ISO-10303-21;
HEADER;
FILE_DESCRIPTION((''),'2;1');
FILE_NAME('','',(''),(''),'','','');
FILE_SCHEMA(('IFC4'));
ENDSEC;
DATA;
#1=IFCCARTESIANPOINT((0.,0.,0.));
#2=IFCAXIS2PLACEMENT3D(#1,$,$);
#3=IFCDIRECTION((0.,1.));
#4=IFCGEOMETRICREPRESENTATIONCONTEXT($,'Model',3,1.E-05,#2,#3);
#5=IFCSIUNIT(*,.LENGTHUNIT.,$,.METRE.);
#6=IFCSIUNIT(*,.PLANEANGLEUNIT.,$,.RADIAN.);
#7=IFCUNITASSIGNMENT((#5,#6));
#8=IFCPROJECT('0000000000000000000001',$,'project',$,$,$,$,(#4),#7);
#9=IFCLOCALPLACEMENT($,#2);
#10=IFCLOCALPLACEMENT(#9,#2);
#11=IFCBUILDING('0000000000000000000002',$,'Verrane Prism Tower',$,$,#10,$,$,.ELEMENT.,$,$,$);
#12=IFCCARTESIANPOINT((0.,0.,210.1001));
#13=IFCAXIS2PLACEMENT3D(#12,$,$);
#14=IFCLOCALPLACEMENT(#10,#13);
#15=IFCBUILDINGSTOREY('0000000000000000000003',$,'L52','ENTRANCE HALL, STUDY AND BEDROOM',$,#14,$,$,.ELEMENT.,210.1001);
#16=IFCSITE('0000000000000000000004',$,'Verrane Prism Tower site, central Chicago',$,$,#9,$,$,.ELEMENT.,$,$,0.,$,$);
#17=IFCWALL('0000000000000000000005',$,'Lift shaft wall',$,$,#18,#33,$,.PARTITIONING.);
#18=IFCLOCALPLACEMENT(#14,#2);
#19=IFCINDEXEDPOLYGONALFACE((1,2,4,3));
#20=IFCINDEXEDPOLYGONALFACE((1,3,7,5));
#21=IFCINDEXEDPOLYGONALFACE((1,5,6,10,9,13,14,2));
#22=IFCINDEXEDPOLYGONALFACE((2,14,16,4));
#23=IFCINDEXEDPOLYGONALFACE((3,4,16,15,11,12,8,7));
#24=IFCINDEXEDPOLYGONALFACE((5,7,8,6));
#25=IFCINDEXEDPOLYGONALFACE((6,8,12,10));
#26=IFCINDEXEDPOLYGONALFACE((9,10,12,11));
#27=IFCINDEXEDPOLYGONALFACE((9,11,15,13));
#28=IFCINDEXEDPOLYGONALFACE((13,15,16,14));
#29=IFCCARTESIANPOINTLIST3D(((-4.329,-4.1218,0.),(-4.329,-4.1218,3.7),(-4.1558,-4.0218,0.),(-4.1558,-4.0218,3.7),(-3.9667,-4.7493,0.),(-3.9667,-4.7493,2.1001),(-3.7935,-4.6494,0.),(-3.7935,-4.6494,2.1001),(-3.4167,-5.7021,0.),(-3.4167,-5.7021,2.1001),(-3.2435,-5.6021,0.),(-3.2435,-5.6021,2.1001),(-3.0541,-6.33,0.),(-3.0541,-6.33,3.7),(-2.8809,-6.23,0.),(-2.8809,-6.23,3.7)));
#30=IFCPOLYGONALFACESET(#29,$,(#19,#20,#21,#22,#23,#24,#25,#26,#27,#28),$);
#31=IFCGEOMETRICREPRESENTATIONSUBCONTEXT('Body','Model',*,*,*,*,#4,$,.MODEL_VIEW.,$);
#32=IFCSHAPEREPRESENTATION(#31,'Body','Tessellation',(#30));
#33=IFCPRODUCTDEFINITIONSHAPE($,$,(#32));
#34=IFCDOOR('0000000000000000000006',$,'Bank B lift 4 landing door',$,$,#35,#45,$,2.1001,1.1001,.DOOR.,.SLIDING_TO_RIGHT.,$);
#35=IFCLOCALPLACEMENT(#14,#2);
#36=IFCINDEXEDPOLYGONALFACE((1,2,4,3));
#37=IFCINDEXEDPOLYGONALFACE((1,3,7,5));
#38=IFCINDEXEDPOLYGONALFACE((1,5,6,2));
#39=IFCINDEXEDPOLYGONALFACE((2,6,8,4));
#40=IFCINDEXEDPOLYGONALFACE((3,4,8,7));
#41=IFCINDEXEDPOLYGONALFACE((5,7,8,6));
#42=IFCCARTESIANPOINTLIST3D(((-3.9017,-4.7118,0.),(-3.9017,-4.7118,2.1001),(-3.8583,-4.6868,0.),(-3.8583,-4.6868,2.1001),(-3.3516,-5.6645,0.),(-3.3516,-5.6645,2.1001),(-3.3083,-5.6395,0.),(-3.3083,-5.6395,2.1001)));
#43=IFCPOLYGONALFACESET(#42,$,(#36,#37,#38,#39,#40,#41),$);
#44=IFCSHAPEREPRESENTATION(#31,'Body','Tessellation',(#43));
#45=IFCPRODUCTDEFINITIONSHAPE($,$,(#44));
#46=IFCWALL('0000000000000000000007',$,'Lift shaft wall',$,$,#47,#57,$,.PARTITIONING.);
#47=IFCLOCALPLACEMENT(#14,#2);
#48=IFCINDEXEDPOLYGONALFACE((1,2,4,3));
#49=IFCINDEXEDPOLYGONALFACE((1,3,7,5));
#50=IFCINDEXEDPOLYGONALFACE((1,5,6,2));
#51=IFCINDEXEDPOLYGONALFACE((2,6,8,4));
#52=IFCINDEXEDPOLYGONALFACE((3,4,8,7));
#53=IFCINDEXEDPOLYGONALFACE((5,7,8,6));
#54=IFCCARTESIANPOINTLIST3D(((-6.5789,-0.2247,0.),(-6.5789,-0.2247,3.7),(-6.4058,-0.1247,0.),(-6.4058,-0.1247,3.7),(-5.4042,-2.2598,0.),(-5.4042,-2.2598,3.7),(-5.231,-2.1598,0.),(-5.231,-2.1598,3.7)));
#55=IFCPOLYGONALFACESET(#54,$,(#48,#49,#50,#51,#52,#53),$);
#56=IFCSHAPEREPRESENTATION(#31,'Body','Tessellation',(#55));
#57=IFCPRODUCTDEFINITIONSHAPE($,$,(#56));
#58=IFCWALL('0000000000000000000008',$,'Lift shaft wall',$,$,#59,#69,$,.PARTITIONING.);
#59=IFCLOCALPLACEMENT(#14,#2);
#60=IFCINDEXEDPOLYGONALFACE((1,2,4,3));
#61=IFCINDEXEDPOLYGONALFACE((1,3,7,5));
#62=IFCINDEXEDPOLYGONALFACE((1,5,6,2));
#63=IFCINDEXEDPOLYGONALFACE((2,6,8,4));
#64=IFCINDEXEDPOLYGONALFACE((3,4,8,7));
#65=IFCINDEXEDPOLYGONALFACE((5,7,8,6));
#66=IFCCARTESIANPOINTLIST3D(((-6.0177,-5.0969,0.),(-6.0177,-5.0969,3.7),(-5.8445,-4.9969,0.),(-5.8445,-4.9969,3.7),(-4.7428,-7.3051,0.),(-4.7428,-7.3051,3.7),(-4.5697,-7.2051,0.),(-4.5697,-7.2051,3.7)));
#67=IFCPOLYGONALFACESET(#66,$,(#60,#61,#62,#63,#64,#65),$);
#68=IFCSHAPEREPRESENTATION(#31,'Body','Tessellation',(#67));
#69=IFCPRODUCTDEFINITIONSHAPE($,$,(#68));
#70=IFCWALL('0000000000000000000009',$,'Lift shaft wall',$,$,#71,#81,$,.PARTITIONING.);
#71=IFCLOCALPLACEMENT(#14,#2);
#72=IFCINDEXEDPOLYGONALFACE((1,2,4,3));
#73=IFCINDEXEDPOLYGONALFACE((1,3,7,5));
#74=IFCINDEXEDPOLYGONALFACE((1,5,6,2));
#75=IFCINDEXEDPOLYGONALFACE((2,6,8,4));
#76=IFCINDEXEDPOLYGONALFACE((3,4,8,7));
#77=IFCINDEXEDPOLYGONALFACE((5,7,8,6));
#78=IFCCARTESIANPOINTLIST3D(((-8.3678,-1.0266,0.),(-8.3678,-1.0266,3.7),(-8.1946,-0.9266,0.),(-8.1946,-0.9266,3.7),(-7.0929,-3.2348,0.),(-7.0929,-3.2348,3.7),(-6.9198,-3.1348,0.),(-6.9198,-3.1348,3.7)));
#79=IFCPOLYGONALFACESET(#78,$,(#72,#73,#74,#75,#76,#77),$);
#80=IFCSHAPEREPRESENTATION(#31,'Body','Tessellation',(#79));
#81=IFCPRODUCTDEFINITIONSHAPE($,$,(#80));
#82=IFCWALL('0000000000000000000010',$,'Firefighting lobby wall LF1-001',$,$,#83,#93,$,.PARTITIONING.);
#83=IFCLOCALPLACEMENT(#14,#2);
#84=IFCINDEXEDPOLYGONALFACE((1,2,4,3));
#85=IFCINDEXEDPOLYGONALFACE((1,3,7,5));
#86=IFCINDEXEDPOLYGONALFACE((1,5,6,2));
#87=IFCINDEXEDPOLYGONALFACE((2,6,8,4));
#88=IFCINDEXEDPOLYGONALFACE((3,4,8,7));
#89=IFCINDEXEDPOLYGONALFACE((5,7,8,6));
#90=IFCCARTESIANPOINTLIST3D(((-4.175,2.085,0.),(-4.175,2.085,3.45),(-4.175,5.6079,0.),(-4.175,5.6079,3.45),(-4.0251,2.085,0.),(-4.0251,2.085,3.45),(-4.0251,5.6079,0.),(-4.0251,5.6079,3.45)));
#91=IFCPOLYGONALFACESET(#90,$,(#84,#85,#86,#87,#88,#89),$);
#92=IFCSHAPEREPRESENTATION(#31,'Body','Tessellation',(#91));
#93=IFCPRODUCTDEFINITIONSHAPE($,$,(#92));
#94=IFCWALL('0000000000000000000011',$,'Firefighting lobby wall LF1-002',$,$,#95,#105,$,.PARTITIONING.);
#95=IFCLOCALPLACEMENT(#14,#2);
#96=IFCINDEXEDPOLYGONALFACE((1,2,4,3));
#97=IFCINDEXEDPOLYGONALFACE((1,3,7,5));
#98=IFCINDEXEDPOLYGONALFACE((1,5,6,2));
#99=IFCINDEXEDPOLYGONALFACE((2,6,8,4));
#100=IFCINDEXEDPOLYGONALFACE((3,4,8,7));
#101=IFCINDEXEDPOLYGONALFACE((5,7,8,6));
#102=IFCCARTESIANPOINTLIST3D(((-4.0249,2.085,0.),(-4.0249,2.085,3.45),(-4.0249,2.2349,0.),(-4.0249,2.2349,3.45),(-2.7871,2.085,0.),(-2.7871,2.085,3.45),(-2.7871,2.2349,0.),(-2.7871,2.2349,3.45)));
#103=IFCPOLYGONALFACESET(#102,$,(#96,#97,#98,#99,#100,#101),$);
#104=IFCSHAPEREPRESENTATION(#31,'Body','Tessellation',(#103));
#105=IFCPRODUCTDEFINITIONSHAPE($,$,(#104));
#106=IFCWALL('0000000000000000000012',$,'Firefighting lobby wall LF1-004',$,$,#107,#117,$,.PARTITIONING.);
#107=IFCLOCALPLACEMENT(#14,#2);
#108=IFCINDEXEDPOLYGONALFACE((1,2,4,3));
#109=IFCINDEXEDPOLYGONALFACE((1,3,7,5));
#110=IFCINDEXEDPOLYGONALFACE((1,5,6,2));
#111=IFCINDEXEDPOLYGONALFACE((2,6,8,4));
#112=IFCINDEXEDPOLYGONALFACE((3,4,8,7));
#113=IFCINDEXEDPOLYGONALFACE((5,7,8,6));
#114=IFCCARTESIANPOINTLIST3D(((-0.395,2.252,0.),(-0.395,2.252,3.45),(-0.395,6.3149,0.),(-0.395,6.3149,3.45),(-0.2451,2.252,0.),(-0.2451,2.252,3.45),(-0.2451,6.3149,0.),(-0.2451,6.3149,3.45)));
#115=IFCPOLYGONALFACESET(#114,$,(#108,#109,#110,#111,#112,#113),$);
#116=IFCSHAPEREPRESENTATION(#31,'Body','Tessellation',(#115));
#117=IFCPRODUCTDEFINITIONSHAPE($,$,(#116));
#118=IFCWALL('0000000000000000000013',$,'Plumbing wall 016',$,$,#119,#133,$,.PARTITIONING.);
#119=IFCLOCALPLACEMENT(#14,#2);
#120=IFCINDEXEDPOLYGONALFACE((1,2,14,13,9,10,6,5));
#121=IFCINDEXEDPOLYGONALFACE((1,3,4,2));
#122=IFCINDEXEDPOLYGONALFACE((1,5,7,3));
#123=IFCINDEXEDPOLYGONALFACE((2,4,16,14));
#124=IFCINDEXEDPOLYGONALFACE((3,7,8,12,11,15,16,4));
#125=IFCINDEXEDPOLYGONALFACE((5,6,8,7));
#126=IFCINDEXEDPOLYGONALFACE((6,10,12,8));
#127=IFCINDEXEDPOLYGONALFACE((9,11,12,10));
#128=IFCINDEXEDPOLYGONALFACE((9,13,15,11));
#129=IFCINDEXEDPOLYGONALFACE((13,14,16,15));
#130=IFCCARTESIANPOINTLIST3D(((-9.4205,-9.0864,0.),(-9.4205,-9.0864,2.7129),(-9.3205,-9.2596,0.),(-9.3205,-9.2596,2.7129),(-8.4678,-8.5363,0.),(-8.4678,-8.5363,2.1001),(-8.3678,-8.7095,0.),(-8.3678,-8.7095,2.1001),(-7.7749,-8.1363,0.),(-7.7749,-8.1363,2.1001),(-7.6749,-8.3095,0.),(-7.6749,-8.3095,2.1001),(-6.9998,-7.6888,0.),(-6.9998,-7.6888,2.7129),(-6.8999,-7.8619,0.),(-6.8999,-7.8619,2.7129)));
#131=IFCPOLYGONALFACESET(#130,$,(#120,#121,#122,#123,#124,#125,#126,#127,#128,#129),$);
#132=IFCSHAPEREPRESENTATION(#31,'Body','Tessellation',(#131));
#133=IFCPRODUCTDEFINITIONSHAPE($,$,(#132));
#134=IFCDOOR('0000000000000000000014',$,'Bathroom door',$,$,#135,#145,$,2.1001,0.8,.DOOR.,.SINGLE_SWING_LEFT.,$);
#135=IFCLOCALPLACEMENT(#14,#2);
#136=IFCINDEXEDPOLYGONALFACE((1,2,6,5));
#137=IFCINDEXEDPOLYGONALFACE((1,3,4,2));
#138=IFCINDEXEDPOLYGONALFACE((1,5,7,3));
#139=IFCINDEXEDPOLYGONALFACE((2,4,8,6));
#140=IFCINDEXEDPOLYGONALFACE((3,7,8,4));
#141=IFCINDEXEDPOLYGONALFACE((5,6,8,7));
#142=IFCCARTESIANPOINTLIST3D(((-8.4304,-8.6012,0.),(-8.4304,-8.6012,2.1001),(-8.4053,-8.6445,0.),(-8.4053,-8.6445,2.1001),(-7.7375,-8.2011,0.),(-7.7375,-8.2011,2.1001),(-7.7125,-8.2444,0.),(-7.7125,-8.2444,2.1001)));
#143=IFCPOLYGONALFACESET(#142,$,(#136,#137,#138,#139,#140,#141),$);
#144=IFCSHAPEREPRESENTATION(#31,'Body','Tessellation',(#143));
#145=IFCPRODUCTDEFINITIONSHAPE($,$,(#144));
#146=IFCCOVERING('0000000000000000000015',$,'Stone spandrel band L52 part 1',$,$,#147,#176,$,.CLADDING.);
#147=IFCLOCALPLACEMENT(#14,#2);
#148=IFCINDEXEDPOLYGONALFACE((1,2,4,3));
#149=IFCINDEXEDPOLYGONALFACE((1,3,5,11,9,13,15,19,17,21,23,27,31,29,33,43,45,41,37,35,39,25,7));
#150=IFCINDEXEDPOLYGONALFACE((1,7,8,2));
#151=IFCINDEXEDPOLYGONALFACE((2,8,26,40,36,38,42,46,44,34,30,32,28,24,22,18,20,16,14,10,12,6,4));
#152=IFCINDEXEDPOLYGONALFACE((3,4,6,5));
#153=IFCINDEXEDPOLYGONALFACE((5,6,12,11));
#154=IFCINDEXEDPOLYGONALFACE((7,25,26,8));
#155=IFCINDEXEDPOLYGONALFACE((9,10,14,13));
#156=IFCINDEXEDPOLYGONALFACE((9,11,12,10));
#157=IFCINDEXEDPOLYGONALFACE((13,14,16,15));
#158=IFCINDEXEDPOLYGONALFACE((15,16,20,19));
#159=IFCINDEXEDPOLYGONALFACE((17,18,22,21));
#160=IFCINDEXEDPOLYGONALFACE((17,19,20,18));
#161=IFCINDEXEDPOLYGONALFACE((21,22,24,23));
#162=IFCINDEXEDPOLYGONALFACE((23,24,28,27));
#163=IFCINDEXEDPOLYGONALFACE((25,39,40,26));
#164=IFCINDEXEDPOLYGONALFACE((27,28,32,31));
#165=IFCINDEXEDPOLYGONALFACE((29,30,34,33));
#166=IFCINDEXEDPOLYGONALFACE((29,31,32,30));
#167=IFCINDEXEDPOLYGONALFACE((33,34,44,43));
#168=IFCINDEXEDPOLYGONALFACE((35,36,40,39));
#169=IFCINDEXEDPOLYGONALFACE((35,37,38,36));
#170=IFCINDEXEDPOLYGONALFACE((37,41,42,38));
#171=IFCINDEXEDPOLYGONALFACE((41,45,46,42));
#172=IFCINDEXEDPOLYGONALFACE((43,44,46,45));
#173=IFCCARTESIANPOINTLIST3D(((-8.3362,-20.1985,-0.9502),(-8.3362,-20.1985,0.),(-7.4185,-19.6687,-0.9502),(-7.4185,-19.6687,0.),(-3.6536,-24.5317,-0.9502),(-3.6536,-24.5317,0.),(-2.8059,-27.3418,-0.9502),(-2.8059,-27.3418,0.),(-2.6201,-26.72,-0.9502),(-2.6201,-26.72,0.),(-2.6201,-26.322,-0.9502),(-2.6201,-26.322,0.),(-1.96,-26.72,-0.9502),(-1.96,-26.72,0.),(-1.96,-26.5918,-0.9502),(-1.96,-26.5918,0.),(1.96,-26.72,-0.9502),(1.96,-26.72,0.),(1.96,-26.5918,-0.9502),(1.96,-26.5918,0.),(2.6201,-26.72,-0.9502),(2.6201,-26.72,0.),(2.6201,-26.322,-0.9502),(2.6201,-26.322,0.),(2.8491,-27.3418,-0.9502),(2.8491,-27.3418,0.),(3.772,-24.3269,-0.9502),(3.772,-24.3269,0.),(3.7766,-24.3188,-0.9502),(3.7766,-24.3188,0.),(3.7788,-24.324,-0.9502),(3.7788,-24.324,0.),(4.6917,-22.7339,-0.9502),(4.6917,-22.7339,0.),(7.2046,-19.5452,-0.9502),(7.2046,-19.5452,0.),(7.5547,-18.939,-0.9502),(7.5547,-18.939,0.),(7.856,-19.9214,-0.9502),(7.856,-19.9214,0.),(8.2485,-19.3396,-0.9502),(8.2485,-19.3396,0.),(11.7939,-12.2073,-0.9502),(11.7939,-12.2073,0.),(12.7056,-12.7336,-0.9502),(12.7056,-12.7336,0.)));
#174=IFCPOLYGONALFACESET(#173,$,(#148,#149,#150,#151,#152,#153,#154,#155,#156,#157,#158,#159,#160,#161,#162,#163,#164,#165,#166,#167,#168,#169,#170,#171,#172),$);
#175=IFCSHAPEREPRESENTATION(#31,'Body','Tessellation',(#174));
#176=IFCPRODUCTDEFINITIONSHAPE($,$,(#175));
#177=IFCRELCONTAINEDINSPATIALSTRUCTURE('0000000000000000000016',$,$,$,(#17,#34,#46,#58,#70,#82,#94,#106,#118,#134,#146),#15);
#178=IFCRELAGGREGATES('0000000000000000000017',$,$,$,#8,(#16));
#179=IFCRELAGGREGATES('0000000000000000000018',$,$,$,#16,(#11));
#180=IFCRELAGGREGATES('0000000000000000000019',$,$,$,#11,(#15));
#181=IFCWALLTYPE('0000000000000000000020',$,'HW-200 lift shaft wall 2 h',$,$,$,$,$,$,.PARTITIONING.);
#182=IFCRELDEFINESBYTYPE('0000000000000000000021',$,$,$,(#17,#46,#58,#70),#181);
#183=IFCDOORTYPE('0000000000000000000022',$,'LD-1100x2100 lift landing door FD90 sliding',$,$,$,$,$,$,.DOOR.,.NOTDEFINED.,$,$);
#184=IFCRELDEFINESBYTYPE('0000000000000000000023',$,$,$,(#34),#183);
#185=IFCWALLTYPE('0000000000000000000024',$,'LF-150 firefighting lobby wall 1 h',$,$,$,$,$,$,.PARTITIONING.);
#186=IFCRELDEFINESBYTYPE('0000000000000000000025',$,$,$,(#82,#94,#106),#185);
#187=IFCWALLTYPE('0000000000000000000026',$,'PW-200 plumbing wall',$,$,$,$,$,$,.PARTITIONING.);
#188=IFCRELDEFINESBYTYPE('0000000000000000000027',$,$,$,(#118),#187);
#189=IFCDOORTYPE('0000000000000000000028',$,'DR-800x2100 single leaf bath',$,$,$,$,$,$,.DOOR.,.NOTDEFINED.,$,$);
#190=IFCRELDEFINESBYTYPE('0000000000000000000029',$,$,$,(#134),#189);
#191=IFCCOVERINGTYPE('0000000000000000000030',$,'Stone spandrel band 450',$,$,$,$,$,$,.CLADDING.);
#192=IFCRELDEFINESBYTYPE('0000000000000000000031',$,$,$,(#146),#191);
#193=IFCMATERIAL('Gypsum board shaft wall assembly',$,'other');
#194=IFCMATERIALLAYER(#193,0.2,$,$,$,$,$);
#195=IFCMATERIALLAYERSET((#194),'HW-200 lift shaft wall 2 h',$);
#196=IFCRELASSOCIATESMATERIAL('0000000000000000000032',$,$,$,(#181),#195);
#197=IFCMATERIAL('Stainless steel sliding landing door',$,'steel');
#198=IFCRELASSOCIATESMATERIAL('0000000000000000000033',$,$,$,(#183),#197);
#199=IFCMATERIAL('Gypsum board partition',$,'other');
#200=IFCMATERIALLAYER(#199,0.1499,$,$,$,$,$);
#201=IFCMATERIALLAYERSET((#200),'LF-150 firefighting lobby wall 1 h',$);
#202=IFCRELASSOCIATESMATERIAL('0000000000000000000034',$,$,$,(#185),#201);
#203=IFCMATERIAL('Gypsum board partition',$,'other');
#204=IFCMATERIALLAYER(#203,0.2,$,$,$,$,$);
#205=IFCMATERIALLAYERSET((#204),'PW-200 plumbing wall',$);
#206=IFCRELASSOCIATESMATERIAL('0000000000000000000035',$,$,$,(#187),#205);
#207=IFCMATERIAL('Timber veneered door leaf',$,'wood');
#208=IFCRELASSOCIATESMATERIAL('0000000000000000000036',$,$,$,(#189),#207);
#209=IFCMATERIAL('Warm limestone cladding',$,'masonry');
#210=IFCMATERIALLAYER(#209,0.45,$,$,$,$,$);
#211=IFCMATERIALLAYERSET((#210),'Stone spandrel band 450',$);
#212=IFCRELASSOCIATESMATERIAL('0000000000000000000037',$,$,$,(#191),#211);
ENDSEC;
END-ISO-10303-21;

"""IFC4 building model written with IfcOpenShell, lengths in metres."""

from ifc_helpers import new_model, si_unit, direction, frame, frame_2d, origin, place, context, subcontext, project, spatial, polyline, rectangle, outline, extrude, material, layer, layer_set, type_object, element, fill, save


model = new_model("IFC4")

# Units and contexts
model_context = context("Model", 3, precision=1e-05, world=origin(), true_north=direction((0.0, 1.0)))
body_context = subcontext(model_context, "Body", "Model", "MODEL_VIEW")
ifc_project = project(units=[si_unit("LENGTHUNIT", "METRE"), si_unit("PLANEANGLEUNIT", "RADIAN")], contexts=[model_context])

# Site, building, storey
site_placement = place(None, origin())
site = spatial("IfcSite", under=ifc_project, at=site_placement, Name="Verrane Prism Tower site, central Chicago", CompositionType="ELEMENT", RefElevation=0.0)
building_placement = place(site_placement, origin())
building = spatial("IfcBuilding", under=site, at=building_placement, Name="Verrane Prism Tower", CompositionType="ELEMENT")
storey_placement = place(building_placement, frame((0.0, 0.0, 210.1001)))
storey = spatial("IfcBuildingStorey", under=building, at=storey_placement, Name="L52", Description="ENTRANCE HALL, STUDY AND BEDROOM", CompositionType="ELEMENT", Elevation=210.1001)

# Shared definitions
ifc_material_1 = material(Name="Gypsum board shaft wall assembly", Category="other")
ifc_layer_1 = layer(ifc_material_1, 0.2)
ifc_layer_set_1 = layer_set([ifc_layer_1], Name="HW-200 lift shaft wall 2 h")
wall_type_1 = type_object("IfcWallType", Name="HW-200 lift shaft wall 2 h", PredefinedType="PARTITIONING", material=ifc_layer_set_1)
ifc_material_2 = material(Name="Stainless steel sliding landing door", Category="steel")
door_type_1 = type_object("IfcDoorType", Name="LD-1100x2100 lift landing door FD90 sliding", OperationType="NOTDEFINED", PredefinedType="DOOR", material=ifc_material_2)

# Wall, opening, door
wall_1_placement = place(storey_placement, frame((-2.9675, -6.28, 0.0), z_axis=(0.0, 0.0, 1.0), x_axis=(-0.49999, 0.866031, 0.0)))
wall_1 = element("IfcWall", 1, at=wall_1_placement, inside=storey, type_object=wall_type_1, Name="Lift shaft wall", PredefinedType="PARTITIONING", context=body_context, shape_type="SweptSolid", body=[
    extrude(rectangle(XDim=2.5498, YDim=0.2, at=frame_2d((1.2749, 0.0))), origin(), (0.0, 0.0, 1.0), 3.7),
])
opening_1_placement = place(wall_1_placement, frame((0.7251, 0.0, 0.0)))
opening_1 = element("IfcOpeningElement", 2, at=opening_1_placement, cuts=wall_1, PredefinedType="OPENING", context=body_context, shape_type="SweptSolid", body=[
    extrude(rectangle(XDim=1.1001, YDim=2.1001, at=frame_2d((0.55, 1.05))), frame((0.0, 0.1099, 0.0), z_axis=(0.0, -1.0, 0.0), x_axis=(1.0, 0.0, 0.0)), (0.0, 0.0, 1.0), 0.22),
])
door_1_placement = place(opening_1_placement, origin())
door_1 = element("IfcDoor", 3, at=door_1_placement, inside=storey, type_object=door_type_1, Name="Bank B lift 4 landing door", OperationType="SLIDING_TO_RIGHT", OverallHeight=2.1001, OverallWidth=1.1001, PredefinedType="DOOR", context=body_context, shape_type="SweptSolid", body=[
    extrude(rectangle(XDim=1.1001, YDim=2.1001, at=frame_2d((0.55, 1.05))), frame((0.0, 0.0249, 0.0), z_axis=(0.0, -1.0, 0.0), x_axis=(1.0, 0.0, 0.0)), (0.0, 0.0, 1.0), 0.05),
])
fill(opening_1, door_1)

# Walls
wall_2_placement = place(storey_placement, frame((-5.3176, -2.2097, 0.0), z_axis=(0.0, 0.0, 1.0), x_axis=(-0.499938, 0.866061, 0.0)))
element("IfcWall", 4, at=wall_2_placement, inside=storey, type_object=wall_type_1, Name="Lift shaft wall", PredefinedType="PARTITIONING", context=body_context, shape_type="SweptSolid", body=[
    extrude(rectangle(XDim=2.3499, YDim=0.2, at=frame_2d((1.1748, 0.0))), origin(), (0.0, 0.0, 1.0), 3.7),
])
for number, where, z_axis, x_axis, name in (
    (5, (-4.6562, -7.2551, 0.0), (0.0, 0.0, 1.0), (-0.49999, 0.866031, 0.0), "Lift shaft wall"),
    (6, (-7.0063, -3.1848, 0.0), (0.0, 0.0, 1.0), (-0.49999, 0.866031, 0.0), "Lift shaft wall"),
):
    element("IfcWall", number, at=place(storey_placement, frame(where, z_axis=z_axis, x_axis=x_axis)), inside=storey, type_object=wall_type_1, Name=name, PredefinedType="PARTITIONING", context=body_context, shape_type="SweptSolid", body=[
        extrude(rectangle(XDim=2.5498, YDim=0.2, at=frame_2d((1.2749, 0.0))), origin(), (0.0, 0.0, 1.0), 3.7),
    ])
ifc_material_3 = material(Name="Gypsum board partition", Category="other")
ifc_layer_2 = layer(ifc_material_3, 0.1499)
ifc_layer_set_2 = layer_set([ifc_layer_2], Name="LF-150 firefighting lobby wall 1 h")
wall_type_2 = type_object("IfcWallType", Name="LF-150 firefighting lobby wall 1 h", PredefinedType="PARTITIONING", material=ifc_layer_set_2)
wall_3_placement = place(storey_placement, frame((-4.1001, 2.085, 0.0), z_axis=(0.0, 0.0, 1.0), x_axis=(0.0, 1.0, 0.0)))
element("IfcWall", 7, at=wall_3_placement, inside=storey, type_object=wall_type_2, Name="Firefighting lobby wall LF1-001", PredefinedType="PARTITIONING", context=body_context, shape_type="SweptSolid", body=[
    extrude(rectangle(XDim=3.5229, YDim=0.1499, at=frame_2d((1.7615, 0.0))), origin(), (0.0, 0.0, 1.0), 3.45),
])
wall_4_placement = place(storey_placement, frame((-4.0249, 2.1599, 0.0), z_axis=(0.0, 0.0, 1.0), x_axis=(1.0, 0.0, 0.0)))
element("IfcWall", 8, at=wall_4_placement, inside=storey, type_object=wall_type_2, Name="Firefighting lobby wall LF1-002", PredefinedType="PARTITIONING", context=body_context, shape_type="SweptSolid", body=[
    extrude(rectangle(XDim=1.2378, YDim=0.1499, at=frame_2d((0.6189, 0.0))), origin(), (0.0, 0.0, 1.0), 3.45),
])
wall_5_placement = place(storey_placement, frame((-0.3201, 2.252, 0.0), z_axis=(0.0, 0.0, 1.0), x_axis=(0.0, 1.0, 0.0)))
element("IfcWall", 9, at=wall_5_placement, inside=storey, type_object=wall_type_2, Name="Firefighting lobby wall LF1-004", PredefinedType="PARTITIONING", context=body_context, shape_type="SweptSolid", body=[
    extrude(rectangle(XDim=4.063, YDim=0.1499, at=frame_2d((2.0315, 0.0))), origin(), (0.0, 0.0, 1.0), 3.45),
])

# Wall, opening, door
ifc_material_4 = material(Name="Gypsum board partition", Category="other")
ifc_layer_3 = layer(ifc_material_4, 0.2)
ifc_layer_set_3 = layer_set([ifc_layer_3], Name="PW-200 plumbing wall")
wall_type_3 = type_object("IfcWallType", Name="PW-200 plumbing wall", PredefinedType="PARTITIONING", material=ifc_layer_set_3)
wall_6_placement = place(storey_placement, frame((-6.95, -7.7754, 0.0), z_axis=(0.0, 0.0, 1.0), x_axis=(-0.866004, -0.500037, 0.0)))
wall_6 = element("IfcWall", 10, at=wall_6_placement, inside=storey, type_object=wall_type_3, Name="Plumbing wall 016", PredefinedType="PARTITIONING", context=body_context, shape_type="SweptSolid", body=[
    extrude(rectangle(XDim=2.7952, YDim=0.2, at=frame_2d((1.3975, 0.0))), origin(), (0.0, 0.0, 1.0), 2.7129),
])
opening_2_placement = place(wall_6_placement, frame((0.895, 0.0, 0.0)))
opening_2 = element("IfcOpeningElement", 11, at=opening_2_placement, cuts=wall_6, PredefinedType="OPENING", context=body_context, shape_type="SweptSolid", body=[
    extrude(rectangle(XDim=0.8, YDim=2.1001, at=frame_2d((0.3999, 1.05))), frame((0.0, 0.1099, 0.0), z_axis=(0.0, -1.0, 0.0), x_axis=(1.0, 0.0, 0.0)), (0.0, 0.0, 1.0), 0.22),
])
ifc_material_5 = material(Name="Timber veneered door leaf", Category="wood")
door_type_2 = type_object("IfcDoorType", Name="DR-800x2100 single leaf bath", OperationType="NOTDEFINED", PredefinedType="DOOR", material=ifc_material_5)
door_2_placement = place(opening_2_placement, origin())
door_2 = element("IfcDoor", 12, at=door_2_placement, inside=storey, type_object=door_type_2, Name="Bathroom door", OperationType="SINGLE_SWING_LEFT", OverallHeight=2.1001, OverallWidth=0.8, PredefinedType="DOOR", context=body_context, shape_type="SweptSolid", body=[
    extrude(rectangle(XDim=0.8, YDim=2.1001, at=frame_2d((0.3999, 1.05))), frame((0.0, 0.0249, 0.0), z_axis=(0.0, -1.0, 0.0), x_axis=(1.0, 0.0, 0.0)), (0.0, 0.0, 1.0), 0.05),
])
fill(opening_2, door_2)

# Covering
ifc_material_6 = material(Name="Warm limestone cladding", Category="masonry")
ifc_layer_4 = layer(ifc_material_6, 0.45)
ifc_layer_set_4 = layer_set([ifc_layer_4], Name="Stone spandrel band 450")
covering_type = type_object("IfcCoveringType", Name="Stone spandrel band 450", PredefinedType="CLADDING", material=ifc_layer_set_4)
covering_placement = place(storey_placement, frame((0.0, 0.0, -0.9502)))
element("IfcCovering", 13, at=covering_placement, inside=storey, type_object=covering_type, Name="Stone spandrel band L52 part 1", PredefinedType="CLADDING", context=body_context, shape_type="SweptSolid", body=[
    extrude(outline(polyline([(2.8491, -27.3418), (7.856, -19.9214), (7.2046, -19.5452), (7.5547, -18.939), (8.2485, -19.3396), (12.7056, -12.7336), (11.7939, -12.2073), (4.6917, -22.7339), (3.7766, -24.3188), (3.7788, -24.324), (3.772, -24.3269), (2.6201, -26.322), (2.6201, -26.72), (1.96, -26.72), (1.96, -26.5918), (-1.96, -26.5918), (-1.96, -26.72), (-2.6201, -26.72), (-2.6201, -26.322), (-3.6536, -24.5317), (-7.4185, -19.6687), (-8.3362, -20.1985), (-2.8059, -27.3418), (2.8491, -27.3418)])), origin(), (0.0, 0.0, 1.0), 0.9502),
])

save(model, "model.ifc")
